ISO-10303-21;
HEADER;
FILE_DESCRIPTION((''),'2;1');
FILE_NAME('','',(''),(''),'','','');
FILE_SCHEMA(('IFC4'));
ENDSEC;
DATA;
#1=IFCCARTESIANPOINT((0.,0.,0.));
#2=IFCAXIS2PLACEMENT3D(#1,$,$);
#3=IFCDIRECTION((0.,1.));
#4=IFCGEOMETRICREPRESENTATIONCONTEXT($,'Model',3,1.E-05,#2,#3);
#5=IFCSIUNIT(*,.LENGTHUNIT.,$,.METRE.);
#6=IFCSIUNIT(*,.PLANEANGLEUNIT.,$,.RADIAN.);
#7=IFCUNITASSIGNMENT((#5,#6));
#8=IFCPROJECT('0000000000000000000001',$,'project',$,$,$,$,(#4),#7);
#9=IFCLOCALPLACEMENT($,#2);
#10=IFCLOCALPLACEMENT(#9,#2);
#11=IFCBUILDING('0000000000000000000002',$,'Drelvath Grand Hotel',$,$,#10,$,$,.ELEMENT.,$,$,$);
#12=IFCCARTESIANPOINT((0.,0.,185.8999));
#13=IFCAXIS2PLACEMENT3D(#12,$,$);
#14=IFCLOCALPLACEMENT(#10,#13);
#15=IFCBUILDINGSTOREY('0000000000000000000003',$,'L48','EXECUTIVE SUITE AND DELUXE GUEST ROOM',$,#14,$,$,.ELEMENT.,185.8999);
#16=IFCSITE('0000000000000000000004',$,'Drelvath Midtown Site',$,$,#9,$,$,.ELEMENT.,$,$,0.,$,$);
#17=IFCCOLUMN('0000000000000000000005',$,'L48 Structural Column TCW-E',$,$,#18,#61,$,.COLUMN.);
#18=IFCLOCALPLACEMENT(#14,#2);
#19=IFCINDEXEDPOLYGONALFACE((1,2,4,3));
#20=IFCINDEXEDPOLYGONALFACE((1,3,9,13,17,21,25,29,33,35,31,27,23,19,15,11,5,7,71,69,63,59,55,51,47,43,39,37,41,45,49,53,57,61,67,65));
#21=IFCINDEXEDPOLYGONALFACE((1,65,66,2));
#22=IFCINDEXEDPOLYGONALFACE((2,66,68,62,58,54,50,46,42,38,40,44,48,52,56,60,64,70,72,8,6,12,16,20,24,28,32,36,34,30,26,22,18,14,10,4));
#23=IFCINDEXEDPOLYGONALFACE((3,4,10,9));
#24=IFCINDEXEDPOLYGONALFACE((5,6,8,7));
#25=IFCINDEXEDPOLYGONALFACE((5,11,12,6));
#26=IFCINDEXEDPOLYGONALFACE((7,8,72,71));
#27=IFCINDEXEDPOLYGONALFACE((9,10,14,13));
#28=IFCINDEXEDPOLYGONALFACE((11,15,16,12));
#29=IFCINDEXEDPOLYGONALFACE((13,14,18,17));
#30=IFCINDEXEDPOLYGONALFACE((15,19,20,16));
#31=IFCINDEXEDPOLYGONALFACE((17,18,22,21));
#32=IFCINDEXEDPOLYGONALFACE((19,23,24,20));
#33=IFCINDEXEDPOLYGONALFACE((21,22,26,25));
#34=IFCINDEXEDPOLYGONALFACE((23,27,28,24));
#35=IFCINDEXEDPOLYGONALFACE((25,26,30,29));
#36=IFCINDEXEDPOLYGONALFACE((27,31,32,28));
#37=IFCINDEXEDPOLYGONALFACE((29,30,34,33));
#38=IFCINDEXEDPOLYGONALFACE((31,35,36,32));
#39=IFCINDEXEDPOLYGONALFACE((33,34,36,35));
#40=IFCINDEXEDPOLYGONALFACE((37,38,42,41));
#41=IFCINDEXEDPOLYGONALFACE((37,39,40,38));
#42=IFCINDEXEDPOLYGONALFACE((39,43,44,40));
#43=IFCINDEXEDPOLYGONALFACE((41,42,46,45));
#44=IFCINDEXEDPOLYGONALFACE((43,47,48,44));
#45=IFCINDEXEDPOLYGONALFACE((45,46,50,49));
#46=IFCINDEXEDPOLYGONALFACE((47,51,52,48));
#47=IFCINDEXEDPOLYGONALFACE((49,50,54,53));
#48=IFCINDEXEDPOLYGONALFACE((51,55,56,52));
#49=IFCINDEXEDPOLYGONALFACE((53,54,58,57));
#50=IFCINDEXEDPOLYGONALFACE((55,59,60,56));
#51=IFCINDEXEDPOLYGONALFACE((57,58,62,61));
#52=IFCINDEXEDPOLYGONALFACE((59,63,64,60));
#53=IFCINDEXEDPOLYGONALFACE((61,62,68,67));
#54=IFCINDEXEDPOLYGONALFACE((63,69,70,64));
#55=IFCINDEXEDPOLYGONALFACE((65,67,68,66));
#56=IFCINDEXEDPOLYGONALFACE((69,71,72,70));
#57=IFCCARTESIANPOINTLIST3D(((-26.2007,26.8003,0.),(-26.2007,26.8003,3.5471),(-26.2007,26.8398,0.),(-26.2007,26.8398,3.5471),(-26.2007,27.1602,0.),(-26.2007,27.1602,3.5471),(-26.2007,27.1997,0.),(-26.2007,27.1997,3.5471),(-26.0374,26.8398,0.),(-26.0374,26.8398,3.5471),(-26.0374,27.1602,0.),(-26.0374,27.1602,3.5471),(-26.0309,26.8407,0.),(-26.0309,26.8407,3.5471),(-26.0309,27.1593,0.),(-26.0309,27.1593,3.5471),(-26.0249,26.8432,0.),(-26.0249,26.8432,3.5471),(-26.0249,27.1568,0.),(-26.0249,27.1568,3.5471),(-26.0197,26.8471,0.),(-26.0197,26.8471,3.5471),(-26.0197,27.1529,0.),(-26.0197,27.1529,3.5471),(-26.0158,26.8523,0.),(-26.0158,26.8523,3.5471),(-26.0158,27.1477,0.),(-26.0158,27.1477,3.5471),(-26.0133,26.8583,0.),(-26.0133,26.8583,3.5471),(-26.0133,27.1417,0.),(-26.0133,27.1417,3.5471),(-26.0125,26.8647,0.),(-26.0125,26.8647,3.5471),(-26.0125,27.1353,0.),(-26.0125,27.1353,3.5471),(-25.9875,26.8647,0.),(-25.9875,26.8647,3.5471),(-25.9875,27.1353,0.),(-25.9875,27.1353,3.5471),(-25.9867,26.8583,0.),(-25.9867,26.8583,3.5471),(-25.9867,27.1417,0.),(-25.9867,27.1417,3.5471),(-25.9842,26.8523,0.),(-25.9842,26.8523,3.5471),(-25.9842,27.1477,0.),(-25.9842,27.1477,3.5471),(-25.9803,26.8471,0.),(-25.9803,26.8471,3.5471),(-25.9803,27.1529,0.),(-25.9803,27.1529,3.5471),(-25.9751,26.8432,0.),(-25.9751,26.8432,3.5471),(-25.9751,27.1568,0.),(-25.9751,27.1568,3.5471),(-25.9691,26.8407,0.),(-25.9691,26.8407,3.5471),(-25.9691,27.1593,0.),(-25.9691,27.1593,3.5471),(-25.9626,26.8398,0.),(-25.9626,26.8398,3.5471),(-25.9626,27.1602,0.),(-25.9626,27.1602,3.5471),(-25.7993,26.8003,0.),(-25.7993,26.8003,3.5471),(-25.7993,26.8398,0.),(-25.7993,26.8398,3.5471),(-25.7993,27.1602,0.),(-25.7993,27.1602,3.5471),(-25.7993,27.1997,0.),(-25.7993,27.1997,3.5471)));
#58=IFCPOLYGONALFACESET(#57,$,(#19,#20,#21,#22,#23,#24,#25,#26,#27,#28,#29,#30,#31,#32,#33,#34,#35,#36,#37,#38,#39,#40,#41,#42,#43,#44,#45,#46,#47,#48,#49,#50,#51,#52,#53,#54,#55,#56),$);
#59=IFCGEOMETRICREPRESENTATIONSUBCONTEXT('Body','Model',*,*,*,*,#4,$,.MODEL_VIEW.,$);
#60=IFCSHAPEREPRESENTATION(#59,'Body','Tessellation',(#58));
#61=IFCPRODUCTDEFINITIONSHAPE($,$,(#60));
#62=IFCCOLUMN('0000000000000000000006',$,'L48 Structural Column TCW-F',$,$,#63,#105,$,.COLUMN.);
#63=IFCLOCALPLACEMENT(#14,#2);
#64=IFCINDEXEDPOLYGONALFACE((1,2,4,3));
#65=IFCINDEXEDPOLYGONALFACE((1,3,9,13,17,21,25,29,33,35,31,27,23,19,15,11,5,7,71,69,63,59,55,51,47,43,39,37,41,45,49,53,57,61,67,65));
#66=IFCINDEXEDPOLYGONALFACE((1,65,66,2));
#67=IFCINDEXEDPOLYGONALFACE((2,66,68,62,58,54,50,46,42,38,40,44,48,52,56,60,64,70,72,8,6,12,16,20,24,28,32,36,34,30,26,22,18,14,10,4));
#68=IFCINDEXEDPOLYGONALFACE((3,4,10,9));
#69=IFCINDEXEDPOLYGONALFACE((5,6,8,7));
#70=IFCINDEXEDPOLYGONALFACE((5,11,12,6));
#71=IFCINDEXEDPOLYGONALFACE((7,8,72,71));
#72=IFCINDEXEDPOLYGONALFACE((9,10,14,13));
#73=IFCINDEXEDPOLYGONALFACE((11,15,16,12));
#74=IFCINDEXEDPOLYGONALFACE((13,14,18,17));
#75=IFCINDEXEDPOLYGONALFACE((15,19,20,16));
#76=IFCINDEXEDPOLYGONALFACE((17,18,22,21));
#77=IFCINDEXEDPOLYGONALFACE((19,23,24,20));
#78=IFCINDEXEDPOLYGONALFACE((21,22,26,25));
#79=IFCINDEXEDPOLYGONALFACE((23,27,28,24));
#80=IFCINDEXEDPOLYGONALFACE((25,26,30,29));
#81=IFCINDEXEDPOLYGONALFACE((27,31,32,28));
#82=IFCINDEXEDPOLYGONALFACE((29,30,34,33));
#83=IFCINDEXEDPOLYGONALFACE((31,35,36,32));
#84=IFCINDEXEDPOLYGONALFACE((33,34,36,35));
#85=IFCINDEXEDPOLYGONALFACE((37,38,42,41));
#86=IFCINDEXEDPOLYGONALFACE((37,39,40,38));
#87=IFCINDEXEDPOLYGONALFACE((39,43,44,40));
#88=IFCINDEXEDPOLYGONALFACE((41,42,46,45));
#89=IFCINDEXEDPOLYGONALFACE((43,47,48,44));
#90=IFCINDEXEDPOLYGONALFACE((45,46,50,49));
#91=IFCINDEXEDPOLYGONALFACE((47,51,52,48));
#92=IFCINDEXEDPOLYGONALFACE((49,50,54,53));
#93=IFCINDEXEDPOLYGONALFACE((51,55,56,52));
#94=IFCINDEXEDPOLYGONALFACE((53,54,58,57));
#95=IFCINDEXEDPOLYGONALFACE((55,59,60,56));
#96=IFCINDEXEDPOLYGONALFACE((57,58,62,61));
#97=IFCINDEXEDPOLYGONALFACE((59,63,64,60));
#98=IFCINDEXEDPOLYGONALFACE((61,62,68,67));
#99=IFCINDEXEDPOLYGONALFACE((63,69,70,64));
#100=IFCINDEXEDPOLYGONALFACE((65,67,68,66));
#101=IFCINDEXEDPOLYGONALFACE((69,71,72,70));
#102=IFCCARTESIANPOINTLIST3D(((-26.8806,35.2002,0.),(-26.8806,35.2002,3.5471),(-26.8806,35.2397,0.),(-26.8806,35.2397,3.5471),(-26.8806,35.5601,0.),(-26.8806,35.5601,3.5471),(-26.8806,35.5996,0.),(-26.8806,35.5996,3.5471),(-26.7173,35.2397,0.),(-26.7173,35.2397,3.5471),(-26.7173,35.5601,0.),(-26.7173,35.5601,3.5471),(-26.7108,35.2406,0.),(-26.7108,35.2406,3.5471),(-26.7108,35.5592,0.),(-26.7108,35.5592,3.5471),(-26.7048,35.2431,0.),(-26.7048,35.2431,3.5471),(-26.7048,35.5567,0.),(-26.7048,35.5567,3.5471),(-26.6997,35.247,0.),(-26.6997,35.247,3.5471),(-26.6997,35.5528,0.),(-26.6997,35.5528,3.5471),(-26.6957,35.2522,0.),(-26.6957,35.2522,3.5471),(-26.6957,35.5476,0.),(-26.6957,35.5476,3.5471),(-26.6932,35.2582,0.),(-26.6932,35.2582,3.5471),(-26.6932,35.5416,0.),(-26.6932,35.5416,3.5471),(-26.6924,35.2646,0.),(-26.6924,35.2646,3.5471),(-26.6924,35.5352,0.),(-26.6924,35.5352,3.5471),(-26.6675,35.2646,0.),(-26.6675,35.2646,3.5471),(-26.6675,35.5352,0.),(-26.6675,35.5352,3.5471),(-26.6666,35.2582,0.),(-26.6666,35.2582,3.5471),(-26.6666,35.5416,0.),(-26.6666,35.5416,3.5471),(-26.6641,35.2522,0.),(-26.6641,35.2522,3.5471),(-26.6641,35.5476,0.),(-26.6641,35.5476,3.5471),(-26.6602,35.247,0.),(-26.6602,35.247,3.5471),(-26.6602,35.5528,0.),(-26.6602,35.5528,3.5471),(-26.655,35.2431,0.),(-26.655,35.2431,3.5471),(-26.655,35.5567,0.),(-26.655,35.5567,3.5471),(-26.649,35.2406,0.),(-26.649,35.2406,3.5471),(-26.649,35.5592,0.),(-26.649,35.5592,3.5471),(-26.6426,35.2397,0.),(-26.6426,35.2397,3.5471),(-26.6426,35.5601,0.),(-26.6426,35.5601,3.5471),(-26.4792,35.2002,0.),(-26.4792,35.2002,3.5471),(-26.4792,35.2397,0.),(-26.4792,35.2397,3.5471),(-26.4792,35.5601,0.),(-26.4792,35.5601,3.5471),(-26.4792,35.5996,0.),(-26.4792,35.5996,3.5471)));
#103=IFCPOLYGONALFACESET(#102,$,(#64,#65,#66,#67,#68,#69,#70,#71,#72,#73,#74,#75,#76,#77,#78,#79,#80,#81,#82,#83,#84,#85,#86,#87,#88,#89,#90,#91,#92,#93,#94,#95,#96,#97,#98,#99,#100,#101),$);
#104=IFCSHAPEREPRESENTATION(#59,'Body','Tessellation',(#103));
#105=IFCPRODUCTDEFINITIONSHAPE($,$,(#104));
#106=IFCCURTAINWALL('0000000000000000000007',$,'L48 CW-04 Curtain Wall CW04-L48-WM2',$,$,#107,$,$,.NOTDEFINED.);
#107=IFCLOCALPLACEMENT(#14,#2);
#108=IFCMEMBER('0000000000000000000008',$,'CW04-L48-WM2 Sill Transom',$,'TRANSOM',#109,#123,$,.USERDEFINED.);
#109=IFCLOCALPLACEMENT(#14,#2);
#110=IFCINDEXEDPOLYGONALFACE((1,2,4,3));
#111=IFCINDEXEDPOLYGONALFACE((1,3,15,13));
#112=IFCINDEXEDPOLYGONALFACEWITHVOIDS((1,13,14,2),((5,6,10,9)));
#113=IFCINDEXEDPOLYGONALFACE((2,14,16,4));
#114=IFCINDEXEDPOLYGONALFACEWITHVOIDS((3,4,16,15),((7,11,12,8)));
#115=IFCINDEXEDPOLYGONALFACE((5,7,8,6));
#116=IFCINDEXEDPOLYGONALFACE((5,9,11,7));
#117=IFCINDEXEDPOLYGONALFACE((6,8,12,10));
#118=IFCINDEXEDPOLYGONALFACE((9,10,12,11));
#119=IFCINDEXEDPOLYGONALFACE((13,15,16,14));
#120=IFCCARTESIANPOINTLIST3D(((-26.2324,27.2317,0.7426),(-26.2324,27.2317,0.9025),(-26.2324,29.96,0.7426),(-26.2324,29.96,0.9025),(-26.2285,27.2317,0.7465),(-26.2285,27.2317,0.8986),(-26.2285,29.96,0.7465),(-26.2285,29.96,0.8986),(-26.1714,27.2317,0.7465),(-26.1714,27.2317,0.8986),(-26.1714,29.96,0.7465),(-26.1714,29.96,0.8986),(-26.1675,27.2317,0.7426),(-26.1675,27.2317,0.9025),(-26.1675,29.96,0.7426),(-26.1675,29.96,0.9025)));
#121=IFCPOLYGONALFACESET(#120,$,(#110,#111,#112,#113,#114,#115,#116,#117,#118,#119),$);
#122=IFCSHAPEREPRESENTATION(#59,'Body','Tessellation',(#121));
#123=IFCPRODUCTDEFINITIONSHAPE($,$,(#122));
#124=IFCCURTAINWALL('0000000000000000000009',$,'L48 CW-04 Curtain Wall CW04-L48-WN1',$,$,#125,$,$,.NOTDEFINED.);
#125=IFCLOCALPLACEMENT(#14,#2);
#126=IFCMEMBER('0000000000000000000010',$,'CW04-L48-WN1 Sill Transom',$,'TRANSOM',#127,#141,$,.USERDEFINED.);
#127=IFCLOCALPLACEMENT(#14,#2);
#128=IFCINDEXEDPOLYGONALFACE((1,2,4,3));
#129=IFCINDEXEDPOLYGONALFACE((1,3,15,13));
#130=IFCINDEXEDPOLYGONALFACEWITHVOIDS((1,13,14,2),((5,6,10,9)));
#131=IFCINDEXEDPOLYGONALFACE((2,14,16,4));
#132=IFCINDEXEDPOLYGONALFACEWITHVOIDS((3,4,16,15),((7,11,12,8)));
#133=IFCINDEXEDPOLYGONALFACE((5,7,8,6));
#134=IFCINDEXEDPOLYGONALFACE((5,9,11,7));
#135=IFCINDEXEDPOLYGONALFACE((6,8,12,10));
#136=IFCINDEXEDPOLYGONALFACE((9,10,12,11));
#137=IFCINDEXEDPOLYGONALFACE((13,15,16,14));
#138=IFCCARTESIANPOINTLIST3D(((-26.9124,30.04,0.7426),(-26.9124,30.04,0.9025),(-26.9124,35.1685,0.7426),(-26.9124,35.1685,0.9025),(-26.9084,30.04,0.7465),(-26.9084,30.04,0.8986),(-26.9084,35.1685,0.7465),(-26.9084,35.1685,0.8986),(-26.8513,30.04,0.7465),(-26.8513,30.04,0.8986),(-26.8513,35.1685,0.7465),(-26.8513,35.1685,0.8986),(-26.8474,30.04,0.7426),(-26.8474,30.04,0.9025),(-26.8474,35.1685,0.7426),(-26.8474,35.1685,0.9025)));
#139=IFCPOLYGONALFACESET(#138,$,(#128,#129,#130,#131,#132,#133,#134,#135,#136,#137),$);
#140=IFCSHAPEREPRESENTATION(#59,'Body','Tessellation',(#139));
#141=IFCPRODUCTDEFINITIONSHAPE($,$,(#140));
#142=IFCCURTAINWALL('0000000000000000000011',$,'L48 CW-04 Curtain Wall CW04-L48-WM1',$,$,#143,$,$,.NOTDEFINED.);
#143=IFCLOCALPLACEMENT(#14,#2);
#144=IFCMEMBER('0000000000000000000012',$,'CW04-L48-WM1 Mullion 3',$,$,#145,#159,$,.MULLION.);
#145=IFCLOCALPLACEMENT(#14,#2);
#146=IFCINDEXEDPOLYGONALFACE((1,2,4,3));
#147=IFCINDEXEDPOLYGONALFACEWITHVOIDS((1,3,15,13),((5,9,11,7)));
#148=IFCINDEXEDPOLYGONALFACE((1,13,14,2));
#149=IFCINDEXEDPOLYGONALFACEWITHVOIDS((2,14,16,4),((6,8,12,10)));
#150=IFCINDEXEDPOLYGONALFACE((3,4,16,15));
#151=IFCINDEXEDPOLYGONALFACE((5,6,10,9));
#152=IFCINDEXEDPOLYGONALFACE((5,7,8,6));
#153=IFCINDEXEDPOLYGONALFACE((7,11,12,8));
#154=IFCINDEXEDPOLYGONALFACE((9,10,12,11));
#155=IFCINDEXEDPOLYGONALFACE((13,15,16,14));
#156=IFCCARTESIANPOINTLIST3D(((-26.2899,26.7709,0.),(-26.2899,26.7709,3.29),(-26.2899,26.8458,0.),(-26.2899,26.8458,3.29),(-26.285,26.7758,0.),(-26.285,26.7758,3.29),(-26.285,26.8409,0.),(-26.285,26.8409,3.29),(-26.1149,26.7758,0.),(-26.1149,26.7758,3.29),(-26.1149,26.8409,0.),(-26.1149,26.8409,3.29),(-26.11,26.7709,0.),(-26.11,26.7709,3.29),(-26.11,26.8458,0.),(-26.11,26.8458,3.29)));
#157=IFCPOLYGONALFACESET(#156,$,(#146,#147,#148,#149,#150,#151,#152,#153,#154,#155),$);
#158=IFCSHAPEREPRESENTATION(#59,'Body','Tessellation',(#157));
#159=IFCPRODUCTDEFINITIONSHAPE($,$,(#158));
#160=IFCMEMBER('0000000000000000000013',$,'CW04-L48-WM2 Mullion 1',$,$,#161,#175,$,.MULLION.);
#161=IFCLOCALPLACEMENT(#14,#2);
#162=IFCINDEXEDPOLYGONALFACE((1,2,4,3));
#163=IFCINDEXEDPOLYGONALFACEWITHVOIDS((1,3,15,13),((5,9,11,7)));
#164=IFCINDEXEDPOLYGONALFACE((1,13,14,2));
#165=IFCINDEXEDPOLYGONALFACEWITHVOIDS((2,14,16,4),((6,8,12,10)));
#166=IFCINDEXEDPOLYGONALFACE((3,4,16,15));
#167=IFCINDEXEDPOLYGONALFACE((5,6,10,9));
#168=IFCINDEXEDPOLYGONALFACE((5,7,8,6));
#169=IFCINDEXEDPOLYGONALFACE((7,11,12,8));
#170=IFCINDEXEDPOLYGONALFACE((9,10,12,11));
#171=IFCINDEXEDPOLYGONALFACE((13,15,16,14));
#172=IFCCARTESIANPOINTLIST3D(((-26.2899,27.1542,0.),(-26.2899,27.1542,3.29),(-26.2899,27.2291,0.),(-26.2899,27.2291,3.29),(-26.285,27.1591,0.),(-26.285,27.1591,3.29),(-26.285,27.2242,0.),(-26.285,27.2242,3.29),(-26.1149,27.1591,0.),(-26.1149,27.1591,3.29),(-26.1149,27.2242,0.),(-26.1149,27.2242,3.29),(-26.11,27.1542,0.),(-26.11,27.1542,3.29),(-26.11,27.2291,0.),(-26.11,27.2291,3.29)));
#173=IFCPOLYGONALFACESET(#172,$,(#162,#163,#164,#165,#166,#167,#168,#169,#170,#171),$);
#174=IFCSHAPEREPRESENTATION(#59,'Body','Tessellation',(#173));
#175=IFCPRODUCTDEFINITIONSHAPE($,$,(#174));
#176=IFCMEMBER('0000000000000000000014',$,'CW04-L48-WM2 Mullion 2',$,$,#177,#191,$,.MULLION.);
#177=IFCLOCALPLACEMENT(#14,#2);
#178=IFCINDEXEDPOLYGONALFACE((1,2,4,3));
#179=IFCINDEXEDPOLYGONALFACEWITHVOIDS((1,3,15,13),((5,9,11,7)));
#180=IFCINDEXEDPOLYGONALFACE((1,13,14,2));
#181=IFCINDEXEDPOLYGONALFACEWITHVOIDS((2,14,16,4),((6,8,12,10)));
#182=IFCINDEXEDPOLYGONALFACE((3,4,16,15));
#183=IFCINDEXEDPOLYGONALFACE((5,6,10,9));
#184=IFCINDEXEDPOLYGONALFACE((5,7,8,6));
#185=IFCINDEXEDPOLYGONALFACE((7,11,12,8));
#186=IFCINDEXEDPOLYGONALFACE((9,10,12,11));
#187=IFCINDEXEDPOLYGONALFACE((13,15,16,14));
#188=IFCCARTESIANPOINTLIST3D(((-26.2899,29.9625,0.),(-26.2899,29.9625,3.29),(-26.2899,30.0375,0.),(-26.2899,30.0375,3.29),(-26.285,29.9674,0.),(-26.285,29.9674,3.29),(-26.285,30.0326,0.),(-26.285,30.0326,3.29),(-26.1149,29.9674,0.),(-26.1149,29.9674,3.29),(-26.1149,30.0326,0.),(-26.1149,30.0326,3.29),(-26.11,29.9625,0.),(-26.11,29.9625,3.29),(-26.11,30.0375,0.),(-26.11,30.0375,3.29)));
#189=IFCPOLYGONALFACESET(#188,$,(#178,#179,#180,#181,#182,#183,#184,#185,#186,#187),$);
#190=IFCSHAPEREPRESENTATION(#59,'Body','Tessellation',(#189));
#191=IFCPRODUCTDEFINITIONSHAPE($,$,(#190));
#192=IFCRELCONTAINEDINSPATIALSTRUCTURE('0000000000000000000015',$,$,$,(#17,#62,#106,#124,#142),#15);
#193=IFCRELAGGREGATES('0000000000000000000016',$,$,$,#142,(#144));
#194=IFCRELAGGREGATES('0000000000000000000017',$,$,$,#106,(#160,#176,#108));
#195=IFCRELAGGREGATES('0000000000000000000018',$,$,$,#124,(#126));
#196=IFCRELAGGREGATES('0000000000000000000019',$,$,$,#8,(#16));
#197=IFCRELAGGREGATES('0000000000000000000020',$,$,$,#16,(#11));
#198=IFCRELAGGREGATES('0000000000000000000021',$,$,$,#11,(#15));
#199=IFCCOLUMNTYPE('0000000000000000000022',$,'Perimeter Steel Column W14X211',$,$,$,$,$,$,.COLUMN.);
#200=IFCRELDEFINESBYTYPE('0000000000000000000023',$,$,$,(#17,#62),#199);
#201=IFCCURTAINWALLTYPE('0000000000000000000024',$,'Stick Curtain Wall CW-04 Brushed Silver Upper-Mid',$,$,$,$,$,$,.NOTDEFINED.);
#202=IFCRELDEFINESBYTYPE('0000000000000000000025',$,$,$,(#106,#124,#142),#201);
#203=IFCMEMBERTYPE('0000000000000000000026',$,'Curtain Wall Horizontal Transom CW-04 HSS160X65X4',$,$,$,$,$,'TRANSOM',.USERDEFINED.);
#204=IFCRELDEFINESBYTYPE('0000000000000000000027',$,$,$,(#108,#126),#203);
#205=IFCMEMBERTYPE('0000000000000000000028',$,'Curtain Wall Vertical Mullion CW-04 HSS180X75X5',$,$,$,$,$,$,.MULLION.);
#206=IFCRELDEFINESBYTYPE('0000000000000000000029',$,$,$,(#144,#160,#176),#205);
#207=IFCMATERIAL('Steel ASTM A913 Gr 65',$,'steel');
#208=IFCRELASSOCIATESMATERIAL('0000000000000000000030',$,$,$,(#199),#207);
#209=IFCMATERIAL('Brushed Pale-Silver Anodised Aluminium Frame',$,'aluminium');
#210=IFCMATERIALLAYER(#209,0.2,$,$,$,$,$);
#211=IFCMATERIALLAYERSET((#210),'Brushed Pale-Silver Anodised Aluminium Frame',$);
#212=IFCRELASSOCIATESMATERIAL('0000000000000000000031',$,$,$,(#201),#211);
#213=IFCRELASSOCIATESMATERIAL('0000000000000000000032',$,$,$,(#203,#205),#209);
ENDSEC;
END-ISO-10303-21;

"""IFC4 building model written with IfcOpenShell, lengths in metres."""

from ifc_helpers import new_model, si_unit, direction, frame, origin, origin_2d, place, context, subcontext, project, spatial, hollow_rectangle, i_section, extrude, material, layer, layer_set, material_profile, profile_set, type_object, element, aggregate, save


model = new_model("IFC4")

# Units and contexts
model_context = context("Model", 3, precision=1e-05, world=origin(), true_north=direction((0.0, 1.0)))
body_context = subcontext(model_context, "Body", "Model", "MODEL_VIEW")
ifc_project = project(units=[si_unit("LENGTHUNIT", "METRE"), si_unit("PLANEANGLEUNIT", "RADIAN")], contexts=[model_context])

# Site, building, storey
site_placement = place(None, origin())
site = spatial("IfcSite", under=ifc_project, at=site_placement, Name="Drelvath Midtown Site", CompositionType="ELEMENT", RefElevation=0.0)
building_placement = place(site_placement, origin())
building = spatial("IfcBuilding", under=site, at=building_placement, Name="Drelvath Grand Hotel", CompositionType="ELEMENT")
storey_placement = place(building_placement, frame((0.0, 0.0, 185.8999)))
storey = spatial("IfcBuildingStorey", under=building, at=storey_placement, Name="L48", Description="EXECUTIVE SUITE AND DELUXE GUEST ROOM", CompositionType="ELEMENT", Elevation=185.8999)

# Columns
ifc_material_1 = material(Name="Steel ASTM A913 Gr 65", Category="steel")
ifc_material_profile_1 = material_profile(ifc_material_1, i_section(OverallWidth=0.4014, OverallDepth=0.3994, WebThickness=0.0249, FlangeThickness=0.0396, FilletRadius=0.0249, at=origin_2d()), Name="W14X211")
ifc_profile_set_1 = profile_set([ifc_material_profile_1], Name="Steel ASTM A913 Gr 65")
column_type = type_object("IfcColumnType", Name="Perimeter Steel Column W14X211", PredefinedType="COLUMN", material=ifc_profile_set_1)
for number, where, z_axis, x_axis, name in (
    (1, (-26.0, 27.0, 0.0), (0.0, 0.0, 1.0), (1.0, 0.0, 0.0), "L48 Structural Column TCW-E"),
    (2, (-26.6799, 35.3999, 0.0), (0.0, 0.0, 1.0), (1.0, 0.0, 0.0), "L48 Structural Column TCW-F"),
):
    element("IfcColumn", number, at=place(storey_placement, frame(where, z_axis=z_axis, x_axis=x_axis)), inside=storey, type_object=column_type, Name=name, PredefinedType="COLUMN", context=body_context, shape_type="SweptSolid", body=[
        extrude(i_section(OverallWidth=0.4014, OverallDepth=0.3994, WebThickness=0.0249, FlangeThickness=0.0396, FilletRadius=0.0249, at=origin_2d()), origin(), (0.0, 0.0, 1.0), 3.5471),
    ])

# Curtain walls, members
ifc_material_2 = material(Name="Brushed Pale-Silver Anodised Aluminium Frame", Category="aluminium")
ifc_layer_1 = layer(ifc_material_2, 0.2)
ifc_layer_set_1 = layer_set([ifc_layer_1], Name="Brushed Pale-Silver Anodised Aluminium Frame")
curtain_wall_type = type_object("IfcCurtainWallType", Name="Stick Curtain Wall CW-04 Brushed Silver Upper-Mid", PredefinedType="NOTDEFINED", material=ifc_layer_set_1)
curtain_wall_1_placement = place(storey_placement, origin())
curtain_wall_1 = element("IfcCurtainWall", 3, at=curtain_wall_1_placement, inside=storey, type_object=curtain_wall_type, Name="L48 CW-04 Curtain Wall CW04-L48-WM2", PredefinedType="NOTDEFINED")
ifc_material_profile_2 = material_profile(ifc_material_2, hollow_rectangle(XDim=0.0649, YDim=0.1599, WallThickness=0.0039, at=origin_2d()), Name="HSS160X65X4")
ifc_profile_set_2 = profile_set([ifc_material_profile_2], Name="Brushed Pale-Silver Anodised Aluminium Frame")
member_type_1 = type_object("IfcMemberType", Name="Curtain Wall Horizontal Transom CW-04 HSS160X65X4", ElementType="TRANSOM", PredefinedType="USERDEFINED", material=ifc_profile_set_2)
member_1_placement = place(storey_placement, frame((-26.2, 27.2317, 0.8225), z_axis=(0.0, 1.0, 0.0), x_axis=(-1.0, 0.0, 0.0)))
member_1 = element("IfcMember", 4, at=member_1_placement, type_object=member_type_1, Name="CW04-L48-WM2 Sill Transom", ObjectType="TRANSOM", PredefinedType="USERDEFINED", context=body_context, shape_type="SweptSolid", body=[
    extrude(hollow_rectangle(XDim=0.0649, YDim=0.1599, WallThickness=0.0039, at=origin_2d()), origin(), (0.0, 0.0, 1.0), 2.7283),
])
curtain_wall_2_placement = place(storey_placement, origin())
curtain_wall_2 = element("IfcCurtainWall", 5, at=curtain_wall_2_placement, inside=storey, type_object=curtain_wall_type, Name="L48 CW-04 Curtain Wall CW04-L48-WN1", PredefinedType="NOTDEFINED")
member_2_placement = place(storey_placement, frame((-26.8799, 30.04, 0.8225), z_axis=(0.0, 1.0, 0.0), x_axis=(-1.0, 0.0, 0.0)))
member_2 = element("IfcMember", 6, at=member_2_placement, type_object=member_type_1, Name="CW04-L48-WN1 Sill Transom", ObjectType="TRANSOM", PredefinedType="USERDEFINED", context=body_context, shape_type="SweptSolid", body=[
    extrude(hollow_rectangle(XDim=0.0649, YDim=0.1599, WallThickness=0.0039, at=origin_2d()), origin(), (0.0, 0.0, 1.0), 5.1284),
])
curtain_wall_3_placement = place(storey_placement, origin())
curtain_wall_3 = element("IfcCurtainWall", 7, at=curtain_wall_3_placement, inside=storey, type_object=curtain_wall_type, Name="L48 CW-04 Curtain Wall CW04-L48-WM1", PredefinedType="NOTDEFINED")
ifc_material_profile_3 = material_profile(ifc_material_2, hollow_rectangle(XDim=0.075, YDim=0.1799, WallThickness=0.0049, at=origin_2d()), Name="HSS180X75X5")
ifc_profile_set_3 = profile_set([ifc_material_profile_3], Name="Brushed Pale-Silver Anodised Aluminium Frame")
member_type_2 = type_object("IfcMemberType", Name="Curtain Wall Vertical Mullion CW-04 HSS180X75X5", PredefinedType="MULLION", material=ifc_profile_set_3)
member_3_placement = place(storey_placement, frame((-26.2, 26.8083, 0.0), z_axis=(0.0, 0.0, 1.0), x_axis=(0.0, 1.0, 0.0)))
member_3 = element("IfcMember", 8, at=member_3_placement, type_object=member_type_2, Name="CW04-L48-WM1 Mullion 3", PredefinedType="MULLION", context=body_context, shape_type="SweptSolid", body=[
    extrude(hollow_rectangle(XDim=0.075, YDim=0.1799, WallThickness=0.0049, at=origin_2d()), origin(), (0.0, 0.0, 1.0), 3.29),
])
aggregate(curtain_wall_3, [member_3])

# Members
member_4_placement = place(storey_placement, frame((-26.2, 27.1917, 0.0), z_axis=(0.0, 0.0, 1.0), x_axis=(0.0, 1.0, 0.0)))
member_4 = element("IfcMember", 9, at=member_4_placement, type_object=member_type_2, Name="CW04-L48-WM2 Mullion 1", PredefinedType="MULLION", context=body_context, shape_type="SweptSolid", body=[
    extrude(hollow_rectangle(XDim=0.075, YDim=0.1799, WallThickness=0.0049, at=origin_2d()), origin(), (0.0, 0.0, 1.0), 3.29),
])
member_5_placement = place(storey_placement, frame((-26.2, 30.0, 0.0), z_axis=(0.0, 0.0, 1.0), x_axis=(0.0, 1.0, 0.0)))
member_5 = element("IfcMember", 10, at=member_5_placement, type_object=member_type_2, Name="CW04-L48-WM2 Mullion 2", PredefinedType="MULLION", context=body_context, shape_type="SweptSolid", body=[
    extrude(hollow_rectangle(XDim=0.075, YDim=0.1799, WallThickness=0.0049, at=origin_2d()), origin(), (0.0, 0.0, 1.0), 3.29),
])

aggregate(curtain_wall_1, [member_4, member_5, member_1])
aggregate(curtain_wall_2, [member_2])

save(model, "model.ifc")
